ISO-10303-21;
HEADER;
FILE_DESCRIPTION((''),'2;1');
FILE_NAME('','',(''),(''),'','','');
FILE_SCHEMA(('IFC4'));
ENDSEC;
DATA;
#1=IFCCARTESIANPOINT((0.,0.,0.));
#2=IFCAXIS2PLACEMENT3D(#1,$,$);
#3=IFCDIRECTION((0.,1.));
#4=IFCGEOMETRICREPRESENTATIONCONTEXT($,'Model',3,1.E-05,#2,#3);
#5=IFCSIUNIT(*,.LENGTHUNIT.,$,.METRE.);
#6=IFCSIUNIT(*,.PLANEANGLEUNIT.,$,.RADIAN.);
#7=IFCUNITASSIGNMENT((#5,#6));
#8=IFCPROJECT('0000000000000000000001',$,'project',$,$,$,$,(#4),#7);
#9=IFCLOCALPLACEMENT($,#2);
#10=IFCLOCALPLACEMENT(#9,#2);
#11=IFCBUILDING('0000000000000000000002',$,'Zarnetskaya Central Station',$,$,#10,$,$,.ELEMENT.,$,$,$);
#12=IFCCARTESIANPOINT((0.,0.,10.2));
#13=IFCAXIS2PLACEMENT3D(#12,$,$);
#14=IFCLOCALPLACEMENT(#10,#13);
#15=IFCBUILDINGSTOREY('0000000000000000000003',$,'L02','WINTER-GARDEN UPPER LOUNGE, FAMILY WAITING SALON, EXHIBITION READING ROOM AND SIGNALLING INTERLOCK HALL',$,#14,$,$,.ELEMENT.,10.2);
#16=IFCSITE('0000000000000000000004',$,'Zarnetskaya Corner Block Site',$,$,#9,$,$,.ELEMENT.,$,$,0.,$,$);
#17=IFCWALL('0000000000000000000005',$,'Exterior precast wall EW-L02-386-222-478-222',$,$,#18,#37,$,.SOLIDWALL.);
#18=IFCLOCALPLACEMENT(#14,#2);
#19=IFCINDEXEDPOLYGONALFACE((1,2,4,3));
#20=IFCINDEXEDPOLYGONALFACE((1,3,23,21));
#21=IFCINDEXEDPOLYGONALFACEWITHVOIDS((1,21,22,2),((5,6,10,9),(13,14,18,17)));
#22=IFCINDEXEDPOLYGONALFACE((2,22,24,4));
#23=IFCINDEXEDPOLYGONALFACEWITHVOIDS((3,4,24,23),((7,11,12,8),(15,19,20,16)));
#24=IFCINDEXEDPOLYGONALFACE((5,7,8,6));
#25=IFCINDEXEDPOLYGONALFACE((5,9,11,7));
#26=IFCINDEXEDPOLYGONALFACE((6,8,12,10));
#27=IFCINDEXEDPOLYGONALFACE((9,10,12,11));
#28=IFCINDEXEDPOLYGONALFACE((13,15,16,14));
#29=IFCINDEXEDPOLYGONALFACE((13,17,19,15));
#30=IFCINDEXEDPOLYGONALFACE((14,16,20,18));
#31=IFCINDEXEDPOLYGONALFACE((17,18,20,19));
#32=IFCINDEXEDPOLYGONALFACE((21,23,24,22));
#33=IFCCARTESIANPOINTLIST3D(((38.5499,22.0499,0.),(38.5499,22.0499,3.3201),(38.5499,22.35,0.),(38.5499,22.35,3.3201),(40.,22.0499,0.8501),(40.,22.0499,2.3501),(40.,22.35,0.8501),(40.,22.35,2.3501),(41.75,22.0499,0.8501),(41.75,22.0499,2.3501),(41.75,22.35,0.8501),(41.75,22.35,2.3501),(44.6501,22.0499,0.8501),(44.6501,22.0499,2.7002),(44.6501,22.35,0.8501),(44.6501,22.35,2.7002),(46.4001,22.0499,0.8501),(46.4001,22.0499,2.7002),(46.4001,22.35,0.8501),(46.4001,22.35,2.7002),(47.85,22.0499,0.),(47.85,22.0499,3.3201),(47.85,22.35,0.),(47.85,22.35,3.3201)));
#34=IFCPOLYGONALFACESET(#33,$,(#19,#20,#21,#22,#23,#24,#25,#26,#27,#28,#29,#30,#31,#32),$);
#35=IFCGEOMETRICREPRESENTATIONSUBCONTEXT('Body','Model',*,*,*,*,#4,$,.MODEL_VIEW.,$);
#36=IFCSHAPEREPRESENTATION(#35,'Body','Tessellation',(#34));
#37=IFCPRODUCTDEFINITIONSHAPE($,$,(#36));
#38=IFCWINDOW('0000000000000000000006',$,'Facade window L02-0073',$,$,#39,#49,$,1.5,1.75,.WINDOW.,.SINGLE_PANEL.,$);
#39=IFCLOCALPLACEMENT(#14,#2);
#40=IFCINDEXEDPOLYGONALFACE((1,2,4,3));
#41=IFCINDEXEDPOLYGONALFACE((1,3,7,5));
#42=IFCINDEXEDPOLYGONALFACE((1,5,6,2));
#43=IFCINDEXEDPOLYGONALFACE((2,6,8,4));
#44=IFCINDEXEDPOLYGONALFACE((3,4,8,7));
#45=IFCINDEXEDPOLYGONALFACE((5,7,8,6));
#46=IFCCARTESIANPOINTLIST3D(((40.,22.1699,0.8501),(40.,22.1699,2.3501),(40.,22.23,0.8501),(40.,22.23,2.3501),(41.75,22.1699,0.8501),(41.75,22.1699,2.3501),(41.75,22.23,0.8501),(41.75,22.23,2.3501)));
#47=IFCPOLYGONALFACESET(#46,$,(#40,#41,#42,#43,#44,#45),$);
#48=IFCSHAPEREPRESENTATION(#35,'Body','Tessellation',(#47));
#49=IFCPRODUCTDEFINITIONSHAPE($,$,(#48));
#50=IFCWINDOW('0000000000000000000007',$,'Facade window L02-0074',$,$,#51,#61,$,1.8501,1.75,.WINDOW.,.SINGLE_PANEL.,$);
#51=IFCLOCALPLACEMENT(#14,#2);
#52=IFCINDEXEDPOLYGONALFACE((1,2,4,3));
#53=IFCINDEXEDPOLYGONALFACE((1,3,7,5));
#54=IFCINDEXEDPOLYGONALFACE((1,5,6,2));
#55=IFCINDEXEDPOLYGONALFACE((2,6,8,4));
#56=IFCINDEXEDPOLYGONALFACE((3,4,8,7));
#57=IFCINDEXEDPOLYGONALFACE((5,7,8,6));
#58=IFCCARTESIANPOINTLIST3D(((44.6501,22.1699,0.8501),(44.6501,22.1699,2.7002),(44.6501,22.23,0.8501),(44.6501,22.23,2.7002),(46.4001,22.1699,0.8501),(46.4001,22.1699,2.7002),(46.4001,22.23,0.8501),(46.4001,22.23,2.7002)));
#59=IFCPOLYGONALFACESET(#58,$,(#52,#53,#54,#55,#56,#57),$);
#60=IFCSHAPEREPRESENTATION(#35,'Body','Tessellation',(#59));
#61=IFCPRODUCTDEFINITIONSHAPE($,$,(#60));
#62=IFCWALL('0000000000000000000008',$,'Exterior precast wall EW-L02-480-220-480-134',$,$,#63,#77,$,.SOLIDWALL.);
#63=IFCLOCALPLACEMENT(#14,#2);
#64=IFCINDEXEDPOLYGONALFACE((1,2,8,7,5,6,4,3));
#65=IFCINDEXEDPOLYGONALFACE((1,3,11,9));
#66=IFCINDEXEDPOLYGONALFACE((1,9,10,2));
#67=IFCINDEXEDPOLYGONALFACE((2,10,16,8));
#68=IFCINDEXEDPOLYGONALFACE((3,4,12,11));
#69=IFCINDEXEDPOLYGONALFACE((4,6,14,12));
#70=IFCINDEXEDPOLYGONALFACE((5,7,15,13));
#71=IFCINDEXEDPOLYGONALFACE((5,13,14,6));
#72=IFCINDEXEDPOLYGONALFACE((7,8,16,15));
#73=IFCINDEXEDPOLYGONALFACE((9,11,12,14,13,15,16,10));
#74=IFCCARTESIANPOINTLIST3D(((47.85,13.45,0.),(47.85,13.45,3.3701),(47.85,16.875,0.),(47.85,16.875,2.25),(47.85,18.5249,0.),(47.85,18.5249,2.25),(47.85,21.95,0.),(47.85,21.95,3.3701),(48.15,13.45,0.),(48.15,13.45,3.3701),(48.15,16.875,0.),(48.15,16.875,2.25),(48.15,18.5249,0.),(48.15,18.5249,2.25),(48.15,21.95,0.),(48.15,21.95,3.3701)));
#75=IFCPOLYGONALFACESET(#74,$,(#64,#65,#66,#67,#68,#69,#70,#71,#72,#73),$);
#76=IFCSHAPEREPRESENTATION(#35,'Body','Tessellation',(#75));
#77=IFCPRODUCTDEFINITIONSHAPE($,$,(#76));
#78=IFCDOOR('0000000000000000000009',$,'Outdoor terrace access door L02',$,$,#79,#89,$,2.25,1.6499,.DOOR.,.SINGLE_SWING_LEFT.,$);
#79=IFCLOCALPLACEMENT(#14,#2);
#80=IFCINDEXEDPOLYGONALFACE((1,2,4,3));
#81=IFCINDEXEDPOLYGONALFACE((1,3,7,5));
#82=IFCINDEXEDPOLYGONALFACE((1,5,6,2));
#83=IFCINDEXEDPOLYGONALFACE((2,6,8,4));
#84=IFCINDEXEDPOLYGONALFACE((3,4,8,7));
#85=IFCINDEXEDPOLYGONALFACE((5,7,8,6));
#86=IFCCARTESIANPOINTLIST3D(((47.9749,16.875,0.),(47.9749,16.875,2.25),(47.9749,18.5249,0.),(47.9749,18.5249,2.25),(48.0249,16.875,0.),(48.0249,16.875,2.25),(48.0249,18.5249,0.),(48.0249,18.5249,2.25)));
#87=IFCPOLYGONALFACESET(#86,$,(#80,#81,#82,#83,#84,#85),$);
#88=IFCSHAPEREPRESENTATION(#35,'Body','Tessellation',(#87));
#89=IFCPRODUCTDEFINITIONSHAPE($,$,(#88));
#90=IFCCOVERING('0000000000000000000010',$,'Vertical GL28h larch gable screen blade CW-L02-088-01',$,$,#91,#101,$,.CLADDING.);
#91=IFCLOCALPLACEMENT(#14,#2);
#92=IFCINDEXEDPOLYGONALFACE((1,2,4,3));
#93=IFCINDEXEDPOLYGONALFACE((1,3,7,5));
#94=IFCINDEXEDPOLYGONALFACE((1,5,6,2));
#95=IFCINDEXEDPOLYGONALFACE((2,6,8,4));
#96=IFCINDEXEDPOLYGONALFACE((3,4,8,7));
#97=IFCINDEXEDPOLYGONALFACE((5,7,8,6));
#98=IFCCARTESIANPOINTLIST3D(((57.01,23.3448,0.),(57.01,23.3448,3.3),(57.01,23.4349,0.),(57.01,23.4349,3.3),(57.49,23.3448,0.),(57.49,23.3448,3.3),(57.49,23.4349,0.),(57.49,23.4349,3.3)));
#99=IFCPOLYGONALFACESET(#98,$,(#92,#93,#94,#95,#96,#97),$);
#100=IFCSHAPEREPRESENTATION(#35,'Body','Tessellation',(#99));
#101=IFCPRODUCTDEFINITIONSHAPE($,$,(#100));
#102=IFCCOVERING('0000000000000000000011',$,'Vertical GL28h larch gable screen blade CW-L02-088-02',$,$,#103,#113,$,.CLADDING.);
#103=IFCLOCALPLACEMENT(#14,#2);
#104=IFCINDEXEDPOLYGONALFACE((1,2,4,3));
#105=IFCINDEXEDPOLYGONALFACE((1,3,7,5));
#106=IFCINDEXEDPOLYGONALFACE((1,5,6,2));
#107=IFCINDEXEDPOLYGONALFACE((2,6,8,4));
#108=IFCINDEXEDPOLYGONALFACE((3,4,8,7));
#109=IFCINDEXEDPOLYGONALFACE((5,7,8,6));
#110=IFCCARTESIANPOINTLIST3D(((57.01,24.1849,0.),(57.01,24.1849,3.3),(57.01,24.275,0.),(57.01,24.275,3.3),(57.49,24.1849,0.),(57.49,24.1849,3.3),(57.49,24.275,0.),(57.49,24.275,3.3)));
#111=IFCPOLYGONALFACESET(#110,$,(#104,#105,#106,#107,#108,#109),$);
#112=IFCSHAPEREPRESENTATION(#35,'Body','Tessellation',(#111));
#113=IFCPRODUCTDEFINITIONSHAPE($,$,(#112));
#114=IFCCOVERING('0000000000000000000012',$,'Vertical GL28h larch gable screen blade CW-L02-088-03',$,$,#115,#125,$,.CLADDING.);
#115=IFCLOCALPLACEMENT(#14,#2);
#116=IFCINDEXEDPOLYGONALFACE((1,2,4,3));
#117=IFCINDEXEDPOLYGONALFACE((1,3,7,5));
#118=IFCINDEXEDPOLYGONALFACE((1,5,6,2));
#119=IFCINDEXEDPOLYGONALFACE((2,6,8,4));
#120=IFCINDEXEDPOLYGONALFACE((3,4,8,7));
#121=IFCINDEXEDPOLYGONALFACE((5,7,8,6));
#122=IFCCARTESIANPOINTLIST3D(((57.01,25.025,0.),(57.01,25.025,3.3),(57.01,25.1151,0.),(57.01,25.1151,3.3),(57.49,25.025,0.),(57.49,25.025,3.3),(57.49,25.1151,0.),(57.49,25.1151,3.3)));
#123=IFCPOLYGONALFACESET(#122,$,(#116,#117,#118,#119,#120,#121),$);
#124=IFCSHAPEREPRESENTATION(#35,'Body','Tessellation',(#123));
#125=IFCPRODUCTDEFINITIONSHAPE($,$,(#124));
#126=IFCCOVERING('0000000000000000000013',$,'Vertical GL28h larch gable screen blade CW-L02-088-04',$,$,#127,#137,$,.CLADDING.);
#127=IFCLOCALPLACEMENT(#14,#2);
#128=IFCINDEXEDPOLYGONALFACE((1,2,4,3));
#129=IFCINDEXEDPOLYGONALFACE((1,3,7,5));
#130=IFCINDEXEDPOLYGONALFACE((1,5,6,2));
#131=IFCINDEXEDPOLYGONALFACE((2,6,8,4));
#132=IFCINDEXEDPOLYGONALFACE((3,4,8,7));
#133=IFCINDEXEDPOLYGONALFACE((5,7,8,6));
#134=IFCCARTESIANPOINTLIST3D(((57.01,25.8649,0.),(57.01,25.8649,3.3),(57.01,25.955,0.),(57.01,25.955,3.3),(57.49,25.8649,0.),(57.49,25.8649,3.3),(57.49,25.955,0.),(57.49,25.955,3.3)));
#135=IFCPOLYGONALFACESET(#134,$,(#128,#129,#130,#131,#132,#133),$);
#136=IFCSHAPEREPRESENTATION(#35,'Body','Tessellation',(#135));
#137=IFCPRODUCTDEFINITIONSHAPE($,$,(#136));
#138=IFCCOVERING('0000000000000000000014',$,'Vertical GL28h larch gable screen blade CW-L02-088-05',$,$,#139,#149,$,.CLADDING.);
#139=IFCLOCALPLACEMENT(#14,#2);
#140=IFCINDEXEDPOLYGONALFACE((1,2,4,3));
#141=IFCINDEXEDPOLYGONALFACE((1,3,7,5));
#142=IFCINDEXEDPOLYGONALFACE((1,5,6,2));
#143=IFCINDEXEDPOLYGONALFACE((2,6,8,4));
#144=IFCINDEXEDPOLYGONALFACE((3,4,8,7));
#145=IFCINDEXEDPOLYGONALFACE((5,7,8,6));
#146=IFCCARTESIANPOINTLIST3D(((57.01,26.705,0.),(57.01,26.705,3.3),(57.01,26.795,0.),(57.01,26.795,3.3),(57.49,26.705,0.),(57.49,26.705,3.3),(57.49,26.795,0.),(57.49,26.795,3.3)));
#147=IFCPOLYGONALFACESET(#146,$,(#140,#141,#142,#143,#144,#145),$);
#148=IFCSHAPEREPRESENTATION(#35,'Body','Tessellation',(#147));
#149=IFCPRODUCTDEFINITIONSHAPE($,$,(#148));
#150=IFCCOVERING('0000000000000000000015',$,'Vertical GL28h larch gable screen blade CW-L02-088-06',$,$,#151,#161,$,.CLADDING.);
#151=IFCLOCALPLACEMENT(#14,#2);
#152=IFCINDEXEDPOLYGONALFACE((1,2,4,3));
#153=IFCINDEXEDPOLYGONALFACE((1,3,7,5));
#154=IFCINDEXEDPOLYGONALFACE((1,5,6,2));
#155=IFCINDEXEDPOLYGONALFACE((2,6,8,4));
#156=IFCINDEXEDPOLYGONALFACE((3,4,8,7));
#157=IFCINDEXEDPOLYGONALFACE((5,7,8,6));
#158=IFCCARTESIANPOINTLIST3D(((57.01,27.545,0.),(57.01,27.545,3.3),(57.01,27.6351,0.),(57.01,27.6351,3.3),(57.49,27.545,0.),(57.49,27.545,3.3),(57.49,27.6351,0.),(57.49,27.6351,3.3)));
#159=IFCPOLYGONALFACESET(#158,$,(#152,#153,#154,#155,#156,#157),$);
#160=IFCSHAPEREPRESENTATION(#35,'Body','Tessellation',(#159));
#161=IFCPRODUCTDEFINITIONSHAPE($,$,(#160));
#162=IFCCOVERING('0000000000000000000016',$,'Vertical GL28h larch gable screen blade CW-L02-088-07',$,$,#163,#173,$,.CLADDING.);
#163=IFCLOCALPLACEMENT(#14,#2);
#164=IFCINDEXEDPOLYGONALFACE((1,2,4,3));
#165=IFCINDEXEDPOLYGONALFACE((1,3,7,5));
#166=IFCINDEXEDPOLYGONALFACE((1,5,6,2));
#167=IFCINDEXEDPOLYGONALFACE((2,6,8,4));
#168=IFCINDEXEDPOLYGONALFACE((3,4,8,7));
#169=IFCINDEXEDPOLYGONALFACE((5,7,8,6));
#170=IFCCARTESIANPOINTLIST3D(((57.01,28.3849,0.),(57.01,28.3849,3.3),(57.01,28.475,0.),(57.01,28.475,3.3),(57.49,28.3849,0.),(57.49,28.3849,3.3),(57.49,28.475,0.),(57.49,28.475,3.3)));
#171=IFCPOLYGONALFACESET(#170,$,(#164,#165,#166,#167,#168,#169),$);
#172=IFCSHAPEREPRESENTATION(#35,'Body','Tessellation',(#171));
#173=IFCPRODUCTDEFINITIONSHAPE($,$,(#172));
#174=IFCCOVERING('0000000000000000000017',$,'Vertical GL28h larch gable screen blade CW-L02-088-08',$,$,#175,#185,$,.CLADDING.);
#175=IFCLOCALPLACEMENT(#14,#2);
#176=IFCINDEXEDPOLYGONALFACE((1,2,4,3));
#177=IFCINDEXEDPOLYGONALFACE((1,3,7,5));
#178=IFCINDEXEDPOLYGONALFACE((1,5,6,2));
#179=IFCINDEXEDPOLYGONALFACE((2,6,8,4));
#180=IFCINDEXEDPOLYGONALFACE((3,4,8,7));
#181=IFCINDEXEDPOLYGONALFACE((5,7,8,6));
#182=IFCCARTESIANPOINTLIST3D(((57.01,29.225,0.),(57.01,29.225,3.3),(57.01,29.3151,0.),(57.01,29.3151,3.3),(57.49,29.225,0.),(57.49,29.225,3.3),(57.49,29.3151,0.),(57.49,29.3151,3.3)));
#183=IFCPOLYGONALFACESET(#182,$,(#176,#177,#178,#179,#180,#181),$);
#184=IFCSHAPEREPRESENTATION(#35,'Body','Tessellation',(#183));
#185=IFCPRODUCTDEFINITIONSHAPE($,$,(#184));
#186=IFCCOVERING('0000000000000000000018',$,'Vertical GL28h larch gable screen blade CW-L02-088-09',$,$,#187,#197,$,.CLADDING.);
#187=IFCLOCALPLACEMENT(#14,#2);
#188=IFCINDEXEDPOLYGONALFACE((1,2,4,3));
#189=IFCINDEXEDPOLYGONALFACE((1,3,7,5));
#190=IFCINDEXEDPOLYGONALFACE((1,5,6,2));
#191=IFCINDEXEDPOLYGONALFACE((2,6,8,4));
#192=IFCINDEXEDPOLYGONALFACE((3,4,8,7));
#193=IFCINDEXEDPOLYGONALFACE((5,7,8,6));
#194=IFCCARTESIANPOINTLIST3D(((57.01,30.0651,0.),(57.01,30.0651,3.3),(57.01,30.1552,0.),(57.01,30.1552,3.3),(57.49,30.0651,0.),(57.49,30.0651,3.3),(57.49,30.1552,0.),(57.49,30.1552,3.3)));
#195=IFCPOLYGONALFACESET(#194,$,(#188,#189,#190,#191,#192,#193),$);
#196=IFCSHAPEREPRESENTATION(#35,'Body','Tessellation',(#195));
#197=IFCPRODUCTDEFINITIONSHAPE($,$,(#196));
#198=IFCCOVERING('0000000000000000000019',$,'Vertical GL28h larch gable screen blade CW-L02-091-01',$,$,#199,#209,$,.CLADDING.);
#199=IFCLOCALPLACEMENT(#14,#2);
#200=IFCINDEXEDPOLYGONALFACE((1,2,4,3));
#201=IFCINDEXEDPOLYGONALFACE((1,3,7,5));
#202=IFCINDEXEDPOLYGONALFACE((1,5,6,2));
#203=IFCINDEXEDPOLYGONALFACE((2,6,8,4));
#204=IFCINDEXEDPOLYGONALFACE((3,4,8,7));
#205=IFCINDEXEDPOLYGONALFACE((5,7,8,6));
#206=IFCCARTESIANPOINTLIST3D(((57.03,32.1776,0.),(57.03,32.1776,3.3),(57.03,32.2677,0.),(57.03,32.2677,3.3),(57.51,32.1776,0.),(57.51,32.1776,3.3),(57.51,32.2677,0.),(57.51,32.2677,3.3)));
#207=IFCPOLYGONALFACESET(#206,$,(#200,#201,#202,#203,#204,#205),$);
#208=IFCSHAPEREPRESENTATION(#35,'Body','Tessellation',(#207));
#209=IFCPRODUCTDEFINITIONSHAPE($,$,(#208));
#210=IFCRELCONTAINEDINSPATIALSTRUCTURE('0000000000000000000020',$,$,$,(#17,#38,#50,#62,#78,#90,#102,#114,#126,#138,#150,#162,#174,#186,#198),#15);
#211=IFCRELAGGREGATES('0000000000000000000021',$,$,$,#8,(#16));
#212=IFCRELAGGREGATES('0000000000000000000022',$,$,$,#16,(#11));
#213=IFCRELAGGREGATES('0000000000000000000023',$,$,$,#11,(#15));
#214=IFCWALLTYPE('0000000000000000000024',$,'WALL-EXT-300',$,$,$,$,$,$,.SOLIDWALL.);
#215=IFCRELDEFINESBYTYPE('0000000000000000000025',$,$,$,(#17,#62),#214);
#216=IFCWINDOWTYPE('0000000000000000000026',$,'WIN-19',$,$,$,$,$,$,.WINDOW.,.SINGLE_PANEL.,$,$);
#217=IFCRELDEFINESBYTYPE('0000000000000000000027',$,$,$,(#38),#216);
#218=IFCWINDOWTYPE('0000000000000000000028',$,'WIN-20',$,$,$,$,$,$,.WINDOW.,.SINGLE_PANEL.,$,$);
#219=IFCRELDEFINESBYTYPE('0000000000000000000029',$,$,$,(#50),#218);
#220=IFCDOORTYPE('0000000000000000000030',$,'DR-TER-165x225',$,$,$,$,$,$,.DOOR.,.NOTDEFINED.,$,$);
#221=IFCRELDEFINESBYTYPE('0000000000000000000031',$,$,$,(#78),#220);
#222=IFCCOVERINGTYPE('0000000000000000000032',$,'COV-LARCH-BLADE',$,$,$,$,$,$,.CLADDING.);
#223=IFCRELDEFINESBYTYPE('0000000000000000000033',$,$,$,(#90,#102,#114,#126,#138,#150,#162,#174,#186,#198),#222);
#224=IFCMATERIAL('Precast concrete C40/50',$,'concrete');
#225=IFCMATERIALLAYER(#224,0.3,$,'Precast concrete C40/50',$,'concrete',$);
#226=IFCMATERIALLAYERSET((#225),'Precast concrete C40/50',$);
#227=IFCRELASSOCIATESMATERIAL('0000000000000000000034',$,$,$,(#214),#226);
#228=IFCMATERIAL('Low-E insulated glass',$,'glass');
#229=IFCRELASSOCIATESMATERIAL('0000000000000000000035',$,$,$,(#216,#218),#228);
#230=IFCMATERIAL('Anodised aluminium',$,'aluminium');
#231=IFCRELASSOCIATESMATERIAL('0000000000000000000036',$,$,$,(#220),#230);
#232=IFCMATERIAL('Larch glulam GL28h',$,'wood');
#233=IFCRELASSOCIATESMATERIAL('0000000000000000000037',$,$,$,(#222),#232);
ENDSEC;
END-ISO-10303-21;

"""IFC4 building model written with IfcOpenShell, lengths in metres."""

from ifc_helpers import new_model, si_unit, direction, frame, frame_2d, origin, origin_2d, place, context, subcontext, project, spatial, rectangle, extrude, material, layer, layer_set, type_object, element, fill, save


model = new_model("IFC4")

# Units and contexts
model_context = context("Model", 3, precision=1e-05, world=origin(), true_north=direction((0.0, 1.0)))
body_context = subcontext(model_context, "Body", "Model", "MODEL_VIEW")
ifc_project = project(units=[si_unit("LENGTHUNIT", "METRE"), si_unit("PLANEANGLEUNIT", "RADIAN")], contexts=[model_context])

# Site, building, storey
site_placement = place(None, origin())
site = spatial("IfcSite", under=ifc_project, at=site_placement, Name="Zarnetskaya Corner Block Site", CompositionType="ELEMENT", RefElevation=0.0)
building_placement = place(site_placement, origin())
building = spatial("IfcBuilding", under=site, at=building_placement, Name="Zarnetskaya Central Station", CompositionType="ELEMENT")
storey_placement = place(building_placement, frame((0.0, 0.0, 10.2)))
storey = spatial("IfcBuildingStorey", under=building, at=storey_placement, Name="L02", Description="WINTER-GARDEN UPPER LOUNGE, FAMILY WAITING SALON, EXHIBITION READING ROOM AND SIGNALLING INTERLOCK HALL", CompositionType="ELEMENT", Elevation=10.2)

# Wall, openings, windows
ifc_material_1 = material(Name="Precast concrete C40/50", Category="concrete")
ifc_layer = layer(ifc_material_1, 0.3, Name="Precast concrete C40/50", Category="concrete")
ifc_layer_set = layer_set([ifc_layer], Name="Precast concrete C40/50")
wall_type = type_object("IfcWallType", Name="WALL-EXT-300", PredefinedType="SOLIDWALL", material=ifc_layer_set)
wall_1_placement = place(storey_placement, frame((38.55, 22.2, 0.0), z_axis=(0.0, 0.0, 1.0), x_axis=(1.0, 0.0, 0.0)))
wall_1 = element("IfcWall", 1, at=wall_1_placement, inside=storey, type_object=wall_type, Name="Exterior precast wall EW-L02-386-222-478-222", PredefinedType="SOLIDWALL", context=body_context, shape_type="SweptSolid", body=[
    extrude(rectangle(XDim=9.3, YDim=0.3, at=frame_2d((4.6499, 0.0))), origin(), (0.0, 0.0, 1.0), 3.3201),
])
opening_1_placement = place(wall_1_placement, frame((1.45, 0.0, 0.8501)))
opening_1 = element("IfcOpeningElement", 2, at=opening_1_placement, cuts=wall_1, PredefinedType="OPENING", context=body_context, shape_type="SweptSolid", body=[
    extrude(rectangle(XDim=1.75, YDim=1.5, at=frame_2d((0.875, 0.75))), frame((0.0, 0.1602, 0.0), z_axis=(0.0, -1.0, 0.0), x_axis=(1.0, 0.0, 0.0)), (0.0, 0.0, 1.0), 0.3201),
])
opening_2_placement = place(wall_1_placement, frame((6.1001, 0.0, 0.8501)))
opening_2 = element("IfcOpeningElement", 3, at=opening_2_placement, cuts=wall_1, PredefinedType="OPENING", context=body_context, shape_type="SweptSolid", body=[
    extrude(rectangle(XDim=1.75, YDim=1.8501, at=frame_2d((0.875, 0.925))), frame((0.0, 0.1602, 0.0), z_axis=(0.0, -1.0, 0.0), x_axis=(1.0, 0.0, 0.0)), (0.0, 0.0, 1.0), 0.3201),
])
ifc_material_2 = material(Name="Low-E insulated glass", Category="glass")
window_type_1 = type_object("IfcWindowType", Name="WIN-19", PartitioningType="SINGLE_PANEL", PredefinedType="WINDOW", material=ifc_material_2)
window_1_placement = place(opening_1_placement, origin())
window_1 = element("IfcWindow", 4, at=window_1_placement, inside=storey, type_object=window_type_1, Name="Facade window L02-0073", OverallHeight=1.5, OverallWidth=1.75, PartitioningType="SINGLE_PANEL", PredefinedType="WINDOW", context=body_context, shape_type="SweptSolid", body=[
    extrude(rectangle(XDim=1.75, YDim=1.5, at=frame_2d((0.875, 0.75))), frame((0.0, 0.03, 0.0), z_axis=(0.0, -1.0, 0.0), x_axis=(1.0, 0.0, 0.0)), (0.0, 0.0, 1.0), 0.0601),
])
fill(opening_1, window_1)
window_type_2 = type_object("IfcWindowType", Name="WIN-20", PartitioningType="SINGLE_PANEL", PredefinedType="WINDOW", material=ifc_material_2)
window_2_placement = place(opening_2_placement, origin())
window_2 = element("IfcWindow", 5, at=window_2_placement, inside=storey, type_object=window_type_2, Name="Facade window L02-0074", OverallHeight=1.8501, OverallWidth=1.75, PartitioningType="SINGLE_PANEL", PredefinedType="WINDOW", context=body_context, shape_type="SweptSolid", body=[
    extrude(rectangle(XDim=1.75, YDim=1.8501, at=frame_2d((0.875, 0.925))), frame((0.0, 0.03, 0.0), z_axis=(0.0, -1.0, 0.0), x_axis=(1.0, 0.0, 0.0)), (0.0, 0.0, 1.0), 0.0601),
])
fill(opening_2, window_2)

# Wall, opening, door
wall_2_placement = place(storey_placement, frame((48.0, 21.95, 0.0), z_axis=(0.0, 0.0, 1.0), x_axis=(0.0, -1.0, 0.0)))
wall_2 = element("IfcWall", 6, at=wall_2_placement, inside=storey, type_object=wall_type, Name="Exterior precast wall EW-L02-480-220-480-134", PredefinedType="SOLIDWALL", context=body_context, shape_type="SweptSolid", body=[
    extrude(rectangle(XDim=8.5, YDim=0.3, at=frame_2d((4.25, 0.0))), origin(), (0.0, 0.0, 1.0), 3.3701),
])
opening_3_placement = place(wall_2_placement, frame((3.425, 0.0, 0.0)))
opening_3 = element("IfcOpeningElement", 7, at=opening_3_placement, cuts=wall_2, PredefinedType="OPENING", context=body_context, shape_type="SweptSolid", body=[
    extrude(rectangle(XDim=1.6499, YDim=2.25, at=frame_2d((0.825, 1.125))), frame((0.0, 0.1602, 0.0), z_axis=(0.0, -1.0, 0.0), x_axis=(1.0, 0.0, 0.0)), (0.0, 0.0, 1.0), 0.3201),
])
ifc_material_3 = material(Name="Anodised aluminium", Category="aluminium")
door_type = type_object("IfcDoorType", Name="DR-TER-165x225", OperationType="NOTDEFINED", PredefinedType="DOOR", material=ifc_material_3)
door_placement = place(opening_3_placement, origin())
door = element("IfcDoor", 8, at=door_placement, inside=storey, type_object=door_type, Name="Outdoor terrace access door L02", OperationType="SINGLE_SWING_LEFT", OverallHeight=2.25, OverallWidth=1.6499, PredefinedType="DOOR", context=body_context, shape_type="SweptSolid", body=[
    extrude(rectangle(XDim=1.6499, YDim=2.25, at=frame_2d((0.825, 1.125))), frame((0.0, 0.0249, 0.0), z_axis=(0.0, -1.0, 0.0), x_axis=(1.0, 0.0, 0.0)), (0.0, 0.0, 1.0), 0.05),
])
fill(opening_3, door)

# Coverings
ifc_material_4 = material(Name="Larch glulam GL28h", Category="wood")
covering_type = type_object("IfcCoveringType", Name="COV-LARCH-BLADE", PredefinedType="CLADDING", material=ifc_material_4)
for number, where, z_axis, x_axis, name in (
    (9, (57.25, 23.3899, 0.0), (0.0, 0.0, 1.0), (0.0, 1.0, 0.0), "Vertical GL28h larch gable screen blade CW-L02-088-01"),
    (10, (57.25, 24.23, 0.0), (0.0, 0.0, 1.0), (0.0, 1.0, 0.0), "Vertical GL28h larch gable screen blade CW-L02-088-02"),
    (11, (57.25, 25.0701, 0.0), (0.0, 0.0, 1.0), (0.0, 1.0, 0.0), "Vertical GL28h larch gable screen blade CW-L02-088-03"),
    (12, (57.25, 25.9099, 0.0), (0.0, 0.0, 1.0), (0.0, 1.0, 0.0), "Vertical GL28h larch gable screen blade CW-L02-088-04"),
    (13, (57.25, 26.75, 0.0), (0.0, 0.0, 1.0), (0.0, 1.0, 0.0), "Vertical GL28h larch gable screen blade CW-L02-088-05"),
    (14, (57.25, 27.5901, 0.0), (0.0, 0.0, 1.0), (0.0, 1.0, 0.0), "Vertical GL28h larch gable screen blade CW-L02-088-06"),
    (15, (57.25, 28.4299, 0.0), (0.0, 0.0, 1.0), (0.0, 1.0, 0.0), "Vertical GL28h larch gable screen blade CW-L02-088-07"),
    (16, (57.25, 29.27, 0.0), (0.0, 0.0, 1.0), (0.0, 1.0, 0.0), "Vertical GL28h larch gable screen blade CW-L02-088-08"),
    (17, (57.25, 30.1101, 0.0), (0.0, 0.0, 1.0), (0.0, 1.0, 0.0), "Vertical GL28h larch gable screen blade CW-L02-088-09"),
    (18, (57.27, 32.2227, 0.0), (0.0, 0.0, 1.0), (0.0, 1.0, 0.0), "Vertical GL28h larch gable screen blade CW-L02-091-01"),
):
    element("IfcCovering", number, at=place(storey_placement, frame(where, z_axis=z_axis, x_axis=x_axis)), inside=storey, type_object=covering_type, Name=name, PredefinedType="CLADDING", context=body_context, shape_type="SweptSolid", body=[
        extrude(rectangle(XDim=0.0901, YDim=0.48, at=origin_2d()), origin(), (0.0, 0.0, 1.0), 3.3),
    ])

save(model, "model.ifc")
